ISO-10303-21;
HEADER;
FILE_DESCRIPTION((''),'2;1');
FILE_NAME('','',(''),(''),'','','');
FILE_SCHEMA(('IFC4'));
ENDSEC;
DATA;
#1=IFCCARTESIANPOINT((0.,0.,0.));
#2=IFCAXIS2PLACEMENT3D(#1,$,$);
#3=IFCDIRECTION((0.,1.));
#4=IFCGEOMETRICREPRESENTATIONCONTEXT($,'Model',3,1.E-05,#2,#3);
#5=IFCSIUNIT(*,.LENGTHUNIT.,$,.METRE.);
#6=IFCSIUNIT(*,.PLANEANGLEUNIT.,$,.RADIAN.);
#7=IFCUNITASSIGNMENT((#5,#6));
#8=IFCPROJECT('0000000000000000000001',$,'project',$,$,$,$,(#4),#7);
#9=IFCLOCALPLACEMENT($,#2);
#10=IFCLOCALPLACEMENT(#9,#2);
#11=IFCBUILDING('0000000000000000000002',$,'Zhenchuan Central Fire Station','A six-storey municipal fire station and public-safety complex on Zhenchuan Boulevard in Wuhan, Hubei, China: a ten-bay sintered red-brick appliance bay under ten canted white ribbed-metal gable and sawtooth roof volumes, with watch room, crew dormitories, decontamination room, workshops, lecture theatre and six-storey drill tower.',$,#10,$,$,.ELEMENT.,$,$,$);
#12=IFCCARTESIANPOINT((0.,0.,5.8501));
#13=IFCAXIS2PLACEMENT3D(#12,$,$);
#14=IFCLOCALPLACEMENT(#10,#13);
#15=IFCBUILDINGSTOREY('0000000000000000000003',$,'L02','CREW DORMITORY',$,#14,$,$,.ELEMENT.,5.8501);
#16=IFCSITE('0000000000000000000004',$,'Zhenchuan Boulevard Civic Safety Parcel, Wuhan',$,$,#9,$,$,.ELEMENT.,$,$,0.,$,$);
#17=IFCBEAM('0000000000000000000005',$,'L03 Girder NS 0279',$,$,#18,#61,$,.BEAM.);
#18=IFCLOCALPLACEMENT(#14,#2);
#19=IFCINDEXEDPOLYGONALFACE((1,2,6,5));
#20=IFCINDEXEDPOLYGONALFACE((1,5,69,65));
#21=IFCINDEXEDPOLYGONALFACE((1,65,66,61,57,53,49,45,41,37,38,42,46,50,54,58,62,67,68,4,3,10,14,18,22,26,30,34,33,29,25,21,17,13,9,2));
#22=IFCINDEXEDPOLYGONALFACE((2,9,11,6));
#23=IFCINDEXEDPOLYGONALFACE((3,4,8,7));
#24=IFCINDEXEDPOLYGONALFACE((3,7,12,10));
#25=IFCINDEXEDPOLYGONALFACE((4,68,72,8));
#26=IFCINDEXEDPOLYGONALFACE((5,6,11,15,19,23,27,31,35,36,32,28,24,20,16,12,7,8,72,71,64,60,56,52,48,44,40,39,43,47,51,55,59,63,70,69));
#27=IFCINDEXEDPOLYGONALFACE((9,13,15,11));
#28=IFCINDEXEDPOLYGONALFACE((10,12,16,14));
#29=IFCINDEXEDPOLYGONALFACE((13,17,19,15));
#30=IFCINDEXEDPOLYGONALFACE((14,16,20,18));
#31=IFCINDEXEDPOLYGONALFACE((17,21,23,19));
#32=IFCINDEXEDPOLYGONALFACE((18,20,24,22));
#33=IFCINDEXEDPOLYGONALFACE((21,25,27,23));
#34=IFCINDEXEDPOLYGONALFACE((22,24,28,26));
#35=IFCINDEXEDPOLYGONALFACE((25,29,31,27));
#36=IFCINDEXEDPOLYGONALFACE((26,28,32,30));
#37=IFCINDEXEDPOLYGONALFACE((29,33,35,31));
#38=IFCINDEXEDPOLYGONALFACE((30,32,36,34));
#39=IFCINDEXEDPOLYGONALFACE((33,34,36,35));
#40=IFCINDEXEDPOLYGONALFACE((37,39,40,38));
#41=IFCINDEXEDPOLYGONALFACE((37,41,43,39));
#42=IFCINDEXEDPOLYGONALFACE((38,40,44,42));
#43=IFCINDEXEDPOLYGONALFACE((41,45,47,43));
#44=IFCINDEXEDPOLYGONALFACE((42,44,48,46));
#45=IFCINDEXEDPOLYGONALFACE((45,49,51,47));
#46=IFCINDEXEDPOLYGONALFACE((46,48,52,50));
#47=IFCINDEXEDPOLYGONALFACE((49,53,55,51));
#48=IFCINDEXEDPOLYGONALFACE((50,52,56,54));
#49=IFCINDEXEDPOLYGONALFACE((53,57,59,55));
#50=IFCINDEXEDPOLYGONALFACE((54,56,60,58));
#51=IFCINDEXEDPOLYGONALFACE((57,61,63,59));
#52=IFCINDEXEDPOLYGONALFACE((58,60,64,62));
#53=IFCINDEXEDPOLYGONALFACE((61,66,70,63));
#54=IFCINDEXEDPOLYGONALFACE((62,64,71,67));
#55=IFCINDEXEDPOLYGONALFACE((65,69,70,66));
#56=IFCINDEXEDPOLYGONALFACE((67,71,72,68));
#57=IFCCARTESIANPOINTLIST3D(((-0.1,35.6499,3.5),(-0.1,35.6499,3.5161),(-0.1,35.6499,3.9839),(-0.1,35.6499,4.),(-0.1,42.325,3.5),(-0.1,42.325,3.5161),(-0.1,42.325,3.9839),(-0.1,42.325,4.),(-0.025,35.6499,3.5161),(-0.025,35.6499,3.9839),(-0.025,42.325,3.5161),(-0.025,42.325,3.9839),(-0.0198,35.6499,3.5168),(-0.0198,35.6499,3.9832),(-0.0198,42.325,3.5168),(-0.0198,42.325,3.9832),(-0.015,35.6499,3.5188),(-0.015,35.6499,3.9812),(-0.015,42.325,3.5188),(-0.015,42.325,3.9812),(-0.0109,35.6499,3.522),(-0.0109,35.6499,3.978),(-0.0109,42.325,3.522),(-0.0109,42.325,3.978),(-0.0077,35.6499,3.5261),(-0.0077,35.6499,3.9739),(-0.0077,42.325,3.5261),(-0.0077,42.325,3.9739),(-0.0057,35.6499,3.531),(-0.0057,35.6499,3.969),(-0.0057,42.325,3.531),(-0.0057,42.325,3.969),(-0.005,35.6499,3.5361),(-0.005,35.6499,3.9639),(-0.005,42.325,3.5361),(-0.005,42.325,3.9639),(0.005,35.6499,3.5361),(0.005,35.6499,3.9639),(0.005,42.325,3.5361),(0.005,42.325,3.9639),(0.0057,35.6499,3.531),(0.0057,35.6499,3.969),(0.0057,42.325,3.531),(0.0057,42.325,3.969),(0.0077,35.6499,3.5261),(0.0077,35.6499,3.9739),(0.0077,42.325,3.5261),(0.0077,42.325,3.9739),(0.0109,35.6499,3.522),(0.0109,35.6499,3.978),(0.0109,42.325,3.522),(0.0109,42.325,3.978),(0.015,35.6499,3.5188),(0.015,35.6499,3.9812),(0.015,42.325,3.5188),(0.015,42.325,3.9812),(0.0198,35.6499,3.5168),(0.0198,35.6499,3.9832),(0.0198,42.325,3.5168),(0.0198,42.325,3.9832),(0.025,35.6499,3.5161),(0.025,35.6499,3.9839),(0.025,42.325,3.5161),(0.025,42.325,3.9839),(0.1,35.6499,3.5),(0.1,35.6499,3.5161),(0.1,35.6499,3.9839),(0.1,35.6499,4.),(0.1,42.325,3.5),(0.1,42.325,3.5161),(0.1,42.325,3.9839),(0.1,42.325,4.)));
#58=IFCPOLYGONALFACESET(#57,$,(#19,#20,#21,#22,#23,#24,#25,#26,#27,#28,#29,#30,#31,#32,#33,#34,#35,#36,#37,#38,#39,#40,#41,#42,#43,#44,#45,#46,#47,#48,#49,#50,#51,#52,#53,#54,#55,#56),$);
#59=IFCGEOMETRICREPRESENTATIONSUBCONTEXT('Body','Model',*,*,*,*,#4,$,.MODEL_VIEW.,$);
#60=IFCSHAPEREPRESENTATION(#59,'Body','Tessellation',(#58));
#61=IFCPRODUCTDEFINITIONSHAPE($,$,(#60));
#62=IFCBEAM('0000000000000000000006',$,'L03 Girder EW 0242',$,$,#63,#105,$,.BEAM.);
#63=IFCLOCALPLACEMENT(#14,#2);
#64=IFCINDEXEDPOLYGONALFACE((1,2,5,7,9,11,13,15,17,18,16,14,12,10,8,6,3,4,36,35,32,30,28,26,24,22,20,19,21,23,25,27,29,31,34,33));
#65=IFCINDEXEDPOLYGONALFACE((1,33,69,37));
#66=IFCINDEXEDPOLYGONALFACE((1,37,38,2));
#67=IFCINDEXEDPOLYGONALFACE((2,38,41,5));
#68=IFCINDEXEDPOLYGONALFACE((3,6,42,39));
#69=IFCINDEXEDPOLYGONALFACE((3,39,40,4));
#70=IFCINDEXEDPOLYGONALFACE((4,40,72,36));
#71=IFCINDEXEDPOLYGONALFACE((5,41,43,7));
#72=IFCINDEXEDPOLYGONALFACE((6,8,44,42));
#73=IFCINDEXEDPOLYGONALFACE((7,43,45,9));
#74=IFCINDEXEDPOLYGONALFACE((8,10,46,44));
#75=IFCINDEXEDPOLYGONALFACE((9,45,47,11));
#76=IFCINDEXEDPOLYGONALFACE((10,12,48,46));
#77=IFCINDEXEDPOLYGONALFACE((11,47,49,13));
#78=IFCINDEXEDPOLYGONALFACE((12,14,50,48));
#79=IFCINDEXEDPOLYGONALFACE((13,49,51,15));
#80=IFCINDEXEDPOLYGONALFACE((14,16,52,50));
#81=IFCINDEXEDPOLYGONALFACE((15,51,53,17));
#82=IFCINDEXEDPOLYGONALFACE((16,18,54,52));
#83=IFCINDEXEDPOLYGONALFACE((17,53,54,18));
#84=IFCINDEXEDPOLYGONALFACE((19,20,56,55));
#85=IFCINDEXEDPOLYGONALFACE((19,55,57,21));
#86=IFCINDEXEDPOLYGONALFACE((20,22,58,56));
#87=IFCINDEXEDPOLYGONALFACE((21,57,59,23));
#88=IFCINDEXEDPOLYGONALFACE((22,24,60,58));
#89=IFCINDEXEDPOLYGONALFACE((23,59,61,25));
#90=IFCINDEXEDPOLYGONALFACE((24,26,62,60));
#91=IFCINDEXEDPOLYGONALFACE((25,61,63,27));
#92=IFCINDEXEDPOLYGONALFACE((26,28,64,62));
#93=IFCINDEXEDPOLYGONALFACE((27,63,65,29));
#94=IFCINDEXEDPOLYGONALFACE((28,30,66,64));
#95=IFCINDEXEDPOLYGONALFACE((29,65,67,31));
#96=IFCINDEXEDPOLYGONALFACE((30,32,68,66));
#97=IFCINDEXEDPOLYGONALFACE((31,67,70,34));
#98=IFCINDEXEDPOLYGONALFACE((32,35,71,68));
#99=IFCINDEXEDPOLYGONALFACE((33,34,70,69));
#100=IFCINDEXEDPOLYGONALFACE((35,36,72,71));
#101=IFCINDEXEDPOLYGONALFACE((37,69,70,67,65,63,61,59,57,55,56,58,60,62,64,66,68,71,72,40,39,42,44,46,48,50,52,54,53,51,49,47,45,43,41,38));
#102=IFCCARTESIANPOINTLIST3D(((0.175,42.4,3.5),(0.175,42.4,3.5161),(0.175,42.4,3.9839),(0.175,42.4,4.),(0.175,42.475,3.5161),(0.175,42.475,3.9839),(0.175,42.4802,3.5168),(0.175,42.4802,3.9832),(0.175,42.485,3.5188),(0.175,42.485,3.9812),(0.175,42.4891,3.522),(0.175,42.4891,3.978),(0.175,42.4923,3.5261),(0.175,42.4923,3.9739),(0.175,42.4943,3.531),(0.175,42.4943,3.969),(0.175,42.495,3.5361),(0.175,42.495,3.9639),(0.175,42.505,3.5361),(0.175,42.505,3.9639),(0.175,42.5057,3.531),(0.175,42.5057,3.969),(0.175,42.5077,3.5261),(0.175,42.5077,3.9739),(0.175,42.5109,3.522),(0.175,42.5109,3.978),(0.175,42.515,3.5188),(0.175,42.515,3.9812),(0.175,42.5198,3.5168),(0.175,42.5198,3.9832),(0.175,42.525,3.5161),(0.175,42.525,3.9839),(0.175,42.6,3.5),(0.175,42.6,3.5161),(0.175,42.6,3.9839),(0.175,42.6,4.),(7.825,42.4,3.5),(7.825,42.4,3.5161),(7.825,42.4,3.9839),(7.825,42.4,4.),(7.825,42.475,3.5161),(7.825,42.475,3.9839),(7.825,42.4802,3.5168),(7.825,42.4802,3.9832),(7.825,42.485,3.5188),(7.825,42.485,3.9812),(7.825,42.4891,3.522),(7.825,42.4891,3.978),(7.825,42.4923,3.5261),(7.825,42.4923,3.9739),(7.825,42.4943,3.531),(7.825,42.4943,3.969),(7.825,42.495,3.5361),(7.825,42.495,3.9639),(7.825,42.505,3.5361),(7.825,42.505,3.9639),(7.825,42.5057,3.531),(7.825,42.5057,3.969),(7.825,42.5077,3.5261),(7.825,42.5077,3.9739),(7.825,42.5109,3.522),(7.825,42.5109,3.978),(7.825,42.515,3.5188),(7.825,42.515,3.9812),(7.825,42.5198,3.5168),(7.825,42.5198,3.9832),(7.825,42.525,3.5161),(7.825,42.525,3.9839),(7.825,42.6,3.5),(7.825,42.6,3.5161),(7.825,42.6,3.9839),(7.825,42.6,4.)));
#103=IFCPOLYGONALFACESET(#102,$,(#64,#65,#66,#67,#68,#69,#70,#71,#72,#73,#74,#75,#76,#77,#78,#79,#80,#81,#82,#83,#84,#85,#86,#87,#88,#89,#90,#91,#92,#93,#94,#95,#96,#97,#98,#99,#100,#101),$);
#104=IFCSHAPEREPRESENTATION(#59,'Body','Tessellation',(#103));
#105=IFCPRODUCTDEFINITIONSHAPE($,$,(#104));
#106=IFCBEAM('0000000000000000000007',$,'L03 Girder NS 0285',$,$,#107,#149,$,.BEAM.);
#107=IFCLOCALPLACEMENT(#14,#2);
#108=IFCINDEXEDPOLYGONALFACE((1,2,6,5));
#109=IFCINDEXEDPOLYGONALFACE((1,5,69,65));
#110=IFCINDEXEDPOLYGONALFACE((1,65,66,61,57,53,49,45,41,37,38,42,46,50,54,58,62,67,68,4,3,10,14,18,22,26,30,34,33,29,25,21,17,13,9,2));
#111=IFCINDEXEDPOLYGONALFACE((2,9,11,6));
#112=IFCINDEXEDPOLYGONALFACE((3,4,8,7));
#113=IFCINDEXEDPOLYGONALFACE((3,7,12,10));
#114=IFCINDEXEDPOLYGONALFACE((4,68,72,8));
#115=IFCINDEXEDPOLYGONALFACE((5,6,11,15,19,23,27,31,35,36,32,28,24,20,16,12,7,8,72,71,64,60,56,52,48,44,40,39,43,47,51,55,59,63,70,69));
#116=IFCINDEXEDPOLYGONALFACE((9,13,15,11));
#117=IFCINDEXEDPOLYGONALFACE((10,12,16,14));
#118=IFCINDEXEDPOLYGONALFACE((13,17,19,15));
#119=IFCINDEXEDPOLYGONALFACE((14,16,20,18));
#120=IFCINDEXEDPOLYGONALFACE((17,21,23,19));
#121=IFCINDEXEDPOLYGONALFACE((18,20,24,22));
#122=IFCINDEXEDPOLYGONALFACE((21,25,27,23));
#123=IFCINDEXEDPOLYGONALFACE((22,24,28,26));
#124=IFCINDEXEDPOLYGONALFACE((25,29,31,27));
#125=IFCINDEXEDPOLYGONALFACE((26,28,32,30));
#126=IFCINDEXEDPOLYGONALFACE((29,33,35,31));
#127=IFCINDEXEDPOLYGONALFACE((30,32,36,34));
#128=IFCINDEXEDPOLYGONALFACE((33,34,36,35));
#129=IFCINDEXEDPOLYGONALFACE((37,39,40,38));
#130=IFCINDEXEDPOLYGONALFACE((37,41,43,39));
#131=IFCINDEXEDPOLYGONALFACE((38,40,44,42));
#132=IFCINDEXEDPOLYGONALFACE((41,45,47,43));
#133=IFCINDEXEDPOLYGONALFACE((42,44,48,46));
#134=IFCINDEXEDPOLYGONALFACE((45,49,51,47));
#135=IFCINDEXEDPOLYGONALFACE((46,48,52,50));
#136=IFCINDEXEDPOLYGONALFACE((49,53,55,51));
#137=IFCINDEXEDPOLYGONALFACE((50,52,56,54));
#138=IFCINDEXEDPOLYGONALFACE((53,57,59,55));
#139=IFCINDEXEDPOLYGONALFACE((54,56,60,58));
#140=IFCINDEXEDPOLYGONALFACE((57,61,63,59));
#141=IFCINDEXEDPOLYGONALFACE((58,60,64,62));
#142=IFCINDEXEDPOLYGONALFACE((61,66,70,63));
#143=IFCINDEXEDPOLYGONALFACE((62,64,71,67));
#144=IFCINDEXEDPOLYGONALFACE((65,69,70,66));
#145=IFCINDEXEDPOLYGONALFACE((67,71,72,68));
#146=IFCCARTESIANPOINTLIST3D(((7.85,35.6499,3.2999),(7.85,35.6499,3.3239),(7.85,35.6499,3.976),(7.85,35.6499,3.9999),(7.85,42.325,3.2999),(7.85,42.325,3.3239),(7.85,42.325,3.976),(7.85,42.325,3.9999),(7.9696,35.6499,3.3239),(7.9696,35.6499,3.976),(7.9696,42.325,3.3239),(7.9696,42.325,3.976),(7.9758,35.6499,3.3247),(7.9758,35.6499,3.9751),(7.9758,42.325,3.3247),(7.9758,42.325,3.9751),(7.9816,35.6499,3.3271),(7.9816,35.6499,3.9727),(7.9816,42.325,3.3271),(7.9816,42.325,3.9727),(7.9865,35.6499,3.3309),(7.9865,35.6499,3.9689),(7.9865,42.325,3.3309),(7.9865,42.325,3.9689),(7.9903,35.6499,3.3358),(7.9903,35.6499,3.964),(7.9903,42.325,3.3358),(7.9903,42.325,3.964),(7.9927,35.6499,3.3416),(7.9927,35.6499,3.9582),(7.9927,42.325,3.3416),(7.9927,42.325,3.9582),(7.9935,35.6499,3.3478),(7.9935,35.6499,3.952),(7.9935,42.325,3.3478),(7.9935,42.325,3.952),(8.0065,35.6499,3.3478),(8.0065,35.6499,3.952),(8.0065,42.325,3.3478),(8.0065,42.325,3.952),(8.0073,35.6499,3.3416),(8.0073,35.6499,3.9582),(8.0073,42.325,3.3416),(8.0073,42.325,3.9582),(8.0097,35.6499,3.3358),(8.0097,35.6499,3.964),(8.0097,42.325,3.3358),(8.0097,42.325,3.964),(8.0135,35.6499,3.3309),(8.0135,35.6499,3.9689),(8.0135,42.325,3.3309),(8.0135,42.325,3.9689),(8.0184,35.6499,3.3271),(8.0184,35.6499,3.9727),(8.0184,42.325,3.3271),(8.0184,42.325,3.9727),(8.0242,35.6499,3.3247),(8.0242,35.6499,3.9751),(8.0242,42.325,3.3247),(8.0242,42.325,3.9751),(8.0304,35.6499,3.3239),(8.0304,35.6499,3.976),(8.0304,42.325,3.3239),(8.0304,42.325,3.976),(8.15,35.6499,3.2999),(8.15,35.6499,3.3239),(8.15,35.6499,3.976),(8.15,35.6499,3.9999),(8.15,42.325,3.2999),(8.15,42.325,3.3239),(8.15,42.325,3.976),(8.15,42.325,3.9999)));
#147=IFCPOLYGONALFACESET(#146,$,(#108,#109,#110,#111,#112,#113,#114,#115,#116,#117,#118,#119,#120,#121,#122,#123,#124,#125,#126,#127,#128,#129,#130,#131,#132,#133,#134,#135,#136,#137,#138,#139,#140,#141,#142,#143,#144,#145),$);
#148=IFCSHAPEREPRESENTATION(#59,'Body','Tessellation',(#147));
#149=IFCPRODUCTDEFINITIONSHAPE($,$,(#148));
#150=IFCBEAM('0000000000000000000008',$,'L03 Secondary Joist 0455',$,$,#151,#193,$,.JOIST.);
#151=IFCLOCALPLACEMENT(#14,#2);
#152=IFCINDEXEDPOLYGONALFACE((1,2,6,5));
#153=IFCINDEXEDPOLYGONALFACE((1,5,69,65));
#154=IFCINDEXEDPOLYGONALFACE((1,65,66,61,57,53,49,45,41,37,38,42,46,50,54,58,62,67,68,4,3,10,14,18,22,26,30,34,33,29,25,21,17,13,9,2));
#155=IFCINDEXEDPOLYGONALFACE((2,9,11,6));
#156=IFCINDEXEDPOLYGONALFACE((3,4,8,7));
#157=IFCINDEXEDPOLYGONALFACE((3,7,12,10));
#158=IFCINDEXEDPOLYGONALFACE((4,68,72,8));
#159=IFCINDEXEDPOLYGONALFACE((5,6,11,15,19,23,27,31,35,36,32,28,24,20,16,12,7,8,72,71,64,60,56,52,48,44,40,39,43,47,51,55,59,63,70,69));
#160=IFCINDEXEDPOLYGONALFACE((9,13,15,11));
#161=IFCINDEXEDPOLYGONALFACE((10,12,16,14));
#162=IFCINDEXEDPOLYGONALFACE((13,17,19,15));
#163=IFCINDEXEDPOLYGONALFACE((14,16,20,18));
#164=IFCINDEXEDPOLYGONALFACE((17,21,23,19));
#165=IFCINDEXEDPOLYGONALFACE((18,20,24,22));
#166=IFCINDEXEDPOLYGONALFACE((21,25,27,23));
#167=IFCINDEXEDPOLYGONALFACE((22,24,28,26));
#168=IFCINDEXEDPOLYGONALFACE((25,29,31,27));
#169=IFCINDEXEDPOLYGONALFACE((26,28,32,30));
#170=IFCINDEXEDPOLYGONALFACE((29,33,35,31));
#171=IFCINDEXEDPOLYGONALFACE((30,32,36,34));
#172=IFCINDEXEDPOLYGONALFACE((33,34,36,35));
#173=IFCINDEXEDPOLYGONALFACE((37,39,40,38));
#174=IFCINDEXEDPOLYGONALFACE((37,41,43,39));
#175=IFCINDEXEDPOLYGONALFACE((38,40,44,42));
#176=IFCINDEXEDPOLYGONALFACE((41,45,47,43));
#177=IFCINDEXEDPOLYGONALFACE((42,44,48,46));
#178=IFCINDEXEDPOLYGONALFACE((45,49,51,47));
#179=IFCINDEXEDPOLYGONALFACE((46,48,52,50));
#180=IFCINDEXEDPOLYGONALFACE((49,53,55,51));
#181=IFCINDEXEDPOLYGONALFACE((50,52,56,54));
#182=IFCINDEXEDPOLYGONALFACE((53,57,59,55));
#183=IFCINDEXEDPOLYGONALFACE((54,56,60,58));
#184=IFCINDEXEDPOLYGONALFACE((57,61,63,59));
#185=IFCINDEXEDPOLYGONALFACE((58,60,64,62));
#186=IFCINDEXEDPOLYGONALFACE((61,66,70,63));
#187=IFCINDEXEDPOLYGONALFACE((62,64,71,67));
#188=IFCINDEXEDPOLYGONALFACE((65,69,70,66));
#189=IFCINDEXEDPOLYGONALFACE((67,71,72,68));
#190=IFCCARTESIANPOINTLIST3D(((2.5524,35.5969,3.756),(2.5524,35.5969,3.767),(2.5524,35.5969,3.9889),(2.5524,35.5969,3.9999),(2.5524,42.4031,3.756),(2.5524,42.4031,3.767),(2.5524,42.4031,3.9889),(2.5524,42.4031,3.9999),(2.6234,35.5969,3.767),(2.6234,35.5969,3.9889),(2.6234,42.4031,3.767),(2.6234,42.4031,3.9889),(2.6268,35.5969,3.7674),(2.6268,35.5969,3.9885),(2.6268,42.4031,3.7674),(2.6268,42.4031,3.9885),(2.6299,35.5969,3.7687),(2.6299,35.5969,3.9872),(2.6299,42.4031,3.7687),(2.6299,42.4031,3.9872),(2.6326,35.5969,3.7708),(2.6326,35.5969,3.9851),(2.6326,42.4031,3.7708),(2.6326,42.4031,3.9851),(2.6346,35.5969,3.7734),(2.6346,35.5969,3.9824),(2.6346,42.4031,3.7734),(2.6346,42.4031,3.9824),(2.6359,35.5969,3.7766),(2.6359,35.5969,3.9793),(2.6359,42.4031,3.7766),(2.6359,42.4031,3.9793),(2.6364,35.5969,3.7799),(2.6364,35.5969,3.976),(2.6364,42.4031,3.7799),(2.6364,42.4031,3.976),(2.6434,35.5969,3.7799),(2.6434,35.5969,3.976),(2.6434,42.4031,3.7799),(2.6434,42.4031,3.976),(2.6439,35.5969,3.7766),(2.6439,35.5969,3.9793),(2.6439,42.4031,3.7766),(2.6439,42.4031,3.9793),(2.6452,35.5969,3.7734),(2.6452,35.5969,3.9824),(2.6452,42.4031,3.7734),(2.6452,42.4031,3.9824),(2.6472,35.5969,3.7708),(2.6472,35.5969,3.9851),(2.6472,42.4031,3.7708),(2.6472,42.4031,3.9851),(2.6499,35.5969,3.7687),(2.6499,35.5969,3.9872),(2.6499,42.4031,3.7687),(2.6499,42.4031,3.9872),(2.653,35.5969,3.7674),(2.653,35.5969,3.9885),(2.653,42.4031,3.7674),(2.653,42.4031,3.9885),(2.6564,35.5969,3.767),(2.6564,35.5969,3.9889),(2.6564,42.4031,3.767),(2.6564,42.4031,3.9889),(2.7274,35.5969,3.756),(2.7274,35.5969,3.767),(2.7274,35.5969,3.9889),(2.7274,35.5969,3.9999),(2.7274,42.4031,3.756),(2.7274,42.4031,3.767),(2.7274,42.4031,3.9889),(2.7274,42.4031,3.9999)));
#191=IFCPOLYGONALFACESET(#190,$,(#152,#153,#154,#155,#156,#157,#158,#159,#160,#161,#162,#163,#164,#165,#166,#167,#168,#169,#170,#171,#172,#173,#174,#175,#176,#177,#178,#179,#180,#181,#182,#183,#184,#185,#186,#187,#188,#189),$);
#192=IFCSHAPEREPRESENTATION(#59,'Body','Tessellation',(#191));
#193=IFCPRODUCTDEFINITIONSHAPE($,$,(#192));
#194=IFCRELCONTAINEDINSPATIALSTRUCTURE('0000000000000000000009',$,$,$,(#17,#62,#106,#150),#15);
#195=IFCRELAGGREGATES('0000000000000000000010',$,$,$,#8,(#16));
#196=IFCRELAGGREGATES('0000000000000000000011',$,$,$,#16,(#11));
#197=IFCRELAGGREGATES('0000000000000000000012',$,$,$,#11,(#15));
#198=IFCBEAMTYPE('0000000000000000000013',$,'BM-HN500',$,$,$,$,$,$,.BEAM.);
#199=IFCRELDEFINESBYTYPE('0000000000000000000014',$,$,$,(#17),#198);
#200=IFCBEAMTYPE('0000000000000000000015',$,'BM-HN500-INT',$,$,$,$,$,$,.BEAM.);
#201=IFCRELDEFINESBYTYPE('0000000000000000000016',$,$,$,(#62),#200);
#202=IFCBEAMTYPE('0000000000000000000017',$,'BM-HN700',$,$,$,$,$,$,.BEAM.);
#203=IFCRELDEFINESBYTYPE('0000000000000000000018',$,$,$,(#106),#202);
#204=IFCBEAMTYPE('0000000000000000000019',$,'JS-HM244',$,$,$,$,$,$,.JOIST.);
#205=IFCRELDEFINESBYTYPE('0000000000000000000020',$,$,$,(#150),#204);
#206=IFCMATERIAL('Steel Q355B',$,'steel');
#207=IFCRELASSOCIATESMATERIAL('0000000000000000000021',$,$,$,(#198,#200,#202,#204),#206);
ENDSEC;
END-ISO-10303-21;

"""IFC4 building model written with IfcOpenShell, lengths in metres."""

from ifc_helpers import new_model, si_unit, direction, frame, origin, origin_2d, place, context, subcontext, project, spatial, i_section, extrude, material, material_profile, profile_set, type_object, element, save


model = new_model("IFC4")

# Units and contexts
model_context = context("Model", 3, precision=1e-05, world=origin(), true_north=direction((0.0, 1.0)))
body_context = subcontext(model_context, "Body", "Model", "MODEL_VIEW")
ifc_project = project(units=[si_unit("LENGTHUNIT", "METRE"), si_unit("PLANEANGLEUNIT", "RADIAN")], contexts=[model_context])

# Site, building, storey
site_placement = place(None, origin())
site = spatial("IfcSite", under=ifc_project, at=site_placement, Name="Zhenchuan Boulevard Civic Safety Parcel, Wuhan", CompositionType="ELEMENT", RefElevation=0.0)
building_placement = place(site_placement, origin())
building = spatial("IfcBuilding", under=site, at=building_placement, Name="Zhenchuan Central Fire Station", Description="A six-storey municipal fire station and public-safety complex on Zhenchuan Boulevard in Wuhan, Hubei, China: a ten-bay sintered red-brick appliance bay under ten canted white ribbed-metal gable and sawtooth roof volumes, with watch room, crew dormitories, decontamination room, workshops, lecture theatre and six-storey drill tower.", CompositionType="ELEMENT")
storey_placement = place(building_placement, frame((0.0, 0.0, 5.8501)))
storey = spatial("IfcBuildingStorey", under=building, at=storey_placement, Name="L02", Description="CREW DORMITORY", CompositionType="ELEMENT", Elevation=5.8501)

# Shared definitions
ifc_material_1 = material(Name="Steel Q355B", Category="steel")

# Beams
ifc_material_profile_1 = material_profile(ifc_material_1, i_section(OverallWidth=0.2, OverallDepth=0.5, WebThickness=0.01, FlangeThickness=0.0161, FilletRadius=0.02, at=origin_2d()), Name="HN 500x200")
ifc_profile_set_1 = profile_set([ifc_material_profile_1], Name="Steel Q355B")
beam_type_1 = type_object("IfcBeamType", Name="BM-HN500", PredefinedType="BEAM", material=ifc_profile_set_1)
beam_1_placement = place(storey_placement, frame((0.0, 35.6499, 3.75), z_axis=(0.0, 1.0, 0.0), x_axis=(-1.0, 0.0, 0.0)))
element("IfcBeam", 1, at=beam_1_placement, inside=storey, type_object=beam_type_1, Name="L03 Girder NS 0279", PredefinedType="BEAM", context=body_context, shape_type="SweptSolid", body=[
    extrude(i_section(OverallWidth=0.2, OverallDepth=0.5, WebThickness=0.01, FlangeThickness=0.0161, FilletRadius=0.02, at=origin_2d()), origin(), (0.0, 0.0, 1.0), 6.675),
])
ifc_material_profile_2 = material_profile(ifc_material_1, i_section(OverallWidth=0.2, OverallDepth=0.5, WebThickness=0.01, FlangeThickness=0.0161, FilletRadius=0.02, at=origin_2d()), Name="HN 500x200")
ifc_profile_set_2 = profile_set([ifc_material_profile_2], Name="Steel Q355B")
beam_type_2 = type_object("IfcBeamType", Name="BM-HN500-INT", PredefinedType="BEAM", material=ifc_profile_set_2)
beam_2_placement = place(storey_placement, frame((0.175, 42.5, 3.75), z_axis=(1.0, 0.0, 0.0), x_axis=(0.0, 1.0, 0.0)))
element("IfcBeam", 2, at=beam_2_placement, inside=storey, type_object=beam_type_2, Name="L03 Girder EW 0242", PredefinedType="BEAM", context=body_context, shape_type="SweptSolid", body=[
    extrude(i_section(OverallWidth=0.2, OverallDepth=0.5, WebThickness=0.01, FlangeThickness=0.0161, FilletRadius=0.02, at=origin_2d()), origin(), (0.0, 0.0, 1.0), 7.6499),
])
ifc_material_profile_3 = material_profile(ifc_material_1, i_section(OverallWidth=0.3, OverallDepth=0.7, WebThickness=0.0129, FlangeThickness=0.0239, FilletRadius=0.0239, at=origin_2d()), Name="HN 700x300")
ifc_profile_set_3 = profile_set([ifc_material_profile_3], Name="Steel Q355B")
beam_type_3 = type_object("IfcBeamType", Name="BM-HN700", PredefinedType="BEAM", material=ifc_profile_set_3)
beam_3_placement = place(storey_placement, frame((8.0, 35.6499, 3.6499), z_axis=(0.0, 1.0, 0.0), x_axis=(-1.0, 0.0, 0.0)))
element("IfcBeam", 3, at=beam_3_placement, inside=storey, type_object=beam_type_3, Name="L03 Girder NS 0285", PredefinedType="BEAM", context=body_context, shape_type="SweptSolid", body=[
    extrude(i_section(OverallWidth=0.3, OverallDepth=0.7, WebThickness=0.0129, FlangeThickness=0.0239, FilletRadius=0.0239, at=origin_2d()), origin(), (0.0, 0.0, 1.0), 6.675),
])
ifc_material_profile_4 = material_profile(ifc_material_1, i_section(OverallWidth=0.175, OverallDepth=0.2439, WebThickness=0.0071, FlangeThickness=0.011, FilletRadius=0.0129, at=origin_2d()), Name="HM 244x175")
ifc_profile_set_4 = profile_set([ifc_material_profile_4], Name="Steel Q355B")
beam_type_4 = type_object("IfcBeamType", Name="JS-HM244", PredefinedType="JOIST", material=ifc_profile_set_4)
beam_4_placement = place(storey_placement, frame((2.6399, 35.5969, 3.8779), z_axis=(0.0, 1.0, 0.0), x_axis=(-1.0, 0.0, 0.0)))
element("IfcBeam", 4, at=beam_4_placement, inside=storey, type_object=beam_type_4, Name="L03 Secondary Joist 0455", PredefinedType="JOIST", context=body_context, shape_type="SweptSolid", body=[
    extrude(i_section(OverallWidth=0.175, OverallDepth=0.2439, WebThickness=0.0071, FlangeThickness=0.011, FilletRadius=0.0129, at=origin_2d()), origin(), (0.0, 0.0, 1.0), 6.8062),
])

save(model, "model.ifc")
